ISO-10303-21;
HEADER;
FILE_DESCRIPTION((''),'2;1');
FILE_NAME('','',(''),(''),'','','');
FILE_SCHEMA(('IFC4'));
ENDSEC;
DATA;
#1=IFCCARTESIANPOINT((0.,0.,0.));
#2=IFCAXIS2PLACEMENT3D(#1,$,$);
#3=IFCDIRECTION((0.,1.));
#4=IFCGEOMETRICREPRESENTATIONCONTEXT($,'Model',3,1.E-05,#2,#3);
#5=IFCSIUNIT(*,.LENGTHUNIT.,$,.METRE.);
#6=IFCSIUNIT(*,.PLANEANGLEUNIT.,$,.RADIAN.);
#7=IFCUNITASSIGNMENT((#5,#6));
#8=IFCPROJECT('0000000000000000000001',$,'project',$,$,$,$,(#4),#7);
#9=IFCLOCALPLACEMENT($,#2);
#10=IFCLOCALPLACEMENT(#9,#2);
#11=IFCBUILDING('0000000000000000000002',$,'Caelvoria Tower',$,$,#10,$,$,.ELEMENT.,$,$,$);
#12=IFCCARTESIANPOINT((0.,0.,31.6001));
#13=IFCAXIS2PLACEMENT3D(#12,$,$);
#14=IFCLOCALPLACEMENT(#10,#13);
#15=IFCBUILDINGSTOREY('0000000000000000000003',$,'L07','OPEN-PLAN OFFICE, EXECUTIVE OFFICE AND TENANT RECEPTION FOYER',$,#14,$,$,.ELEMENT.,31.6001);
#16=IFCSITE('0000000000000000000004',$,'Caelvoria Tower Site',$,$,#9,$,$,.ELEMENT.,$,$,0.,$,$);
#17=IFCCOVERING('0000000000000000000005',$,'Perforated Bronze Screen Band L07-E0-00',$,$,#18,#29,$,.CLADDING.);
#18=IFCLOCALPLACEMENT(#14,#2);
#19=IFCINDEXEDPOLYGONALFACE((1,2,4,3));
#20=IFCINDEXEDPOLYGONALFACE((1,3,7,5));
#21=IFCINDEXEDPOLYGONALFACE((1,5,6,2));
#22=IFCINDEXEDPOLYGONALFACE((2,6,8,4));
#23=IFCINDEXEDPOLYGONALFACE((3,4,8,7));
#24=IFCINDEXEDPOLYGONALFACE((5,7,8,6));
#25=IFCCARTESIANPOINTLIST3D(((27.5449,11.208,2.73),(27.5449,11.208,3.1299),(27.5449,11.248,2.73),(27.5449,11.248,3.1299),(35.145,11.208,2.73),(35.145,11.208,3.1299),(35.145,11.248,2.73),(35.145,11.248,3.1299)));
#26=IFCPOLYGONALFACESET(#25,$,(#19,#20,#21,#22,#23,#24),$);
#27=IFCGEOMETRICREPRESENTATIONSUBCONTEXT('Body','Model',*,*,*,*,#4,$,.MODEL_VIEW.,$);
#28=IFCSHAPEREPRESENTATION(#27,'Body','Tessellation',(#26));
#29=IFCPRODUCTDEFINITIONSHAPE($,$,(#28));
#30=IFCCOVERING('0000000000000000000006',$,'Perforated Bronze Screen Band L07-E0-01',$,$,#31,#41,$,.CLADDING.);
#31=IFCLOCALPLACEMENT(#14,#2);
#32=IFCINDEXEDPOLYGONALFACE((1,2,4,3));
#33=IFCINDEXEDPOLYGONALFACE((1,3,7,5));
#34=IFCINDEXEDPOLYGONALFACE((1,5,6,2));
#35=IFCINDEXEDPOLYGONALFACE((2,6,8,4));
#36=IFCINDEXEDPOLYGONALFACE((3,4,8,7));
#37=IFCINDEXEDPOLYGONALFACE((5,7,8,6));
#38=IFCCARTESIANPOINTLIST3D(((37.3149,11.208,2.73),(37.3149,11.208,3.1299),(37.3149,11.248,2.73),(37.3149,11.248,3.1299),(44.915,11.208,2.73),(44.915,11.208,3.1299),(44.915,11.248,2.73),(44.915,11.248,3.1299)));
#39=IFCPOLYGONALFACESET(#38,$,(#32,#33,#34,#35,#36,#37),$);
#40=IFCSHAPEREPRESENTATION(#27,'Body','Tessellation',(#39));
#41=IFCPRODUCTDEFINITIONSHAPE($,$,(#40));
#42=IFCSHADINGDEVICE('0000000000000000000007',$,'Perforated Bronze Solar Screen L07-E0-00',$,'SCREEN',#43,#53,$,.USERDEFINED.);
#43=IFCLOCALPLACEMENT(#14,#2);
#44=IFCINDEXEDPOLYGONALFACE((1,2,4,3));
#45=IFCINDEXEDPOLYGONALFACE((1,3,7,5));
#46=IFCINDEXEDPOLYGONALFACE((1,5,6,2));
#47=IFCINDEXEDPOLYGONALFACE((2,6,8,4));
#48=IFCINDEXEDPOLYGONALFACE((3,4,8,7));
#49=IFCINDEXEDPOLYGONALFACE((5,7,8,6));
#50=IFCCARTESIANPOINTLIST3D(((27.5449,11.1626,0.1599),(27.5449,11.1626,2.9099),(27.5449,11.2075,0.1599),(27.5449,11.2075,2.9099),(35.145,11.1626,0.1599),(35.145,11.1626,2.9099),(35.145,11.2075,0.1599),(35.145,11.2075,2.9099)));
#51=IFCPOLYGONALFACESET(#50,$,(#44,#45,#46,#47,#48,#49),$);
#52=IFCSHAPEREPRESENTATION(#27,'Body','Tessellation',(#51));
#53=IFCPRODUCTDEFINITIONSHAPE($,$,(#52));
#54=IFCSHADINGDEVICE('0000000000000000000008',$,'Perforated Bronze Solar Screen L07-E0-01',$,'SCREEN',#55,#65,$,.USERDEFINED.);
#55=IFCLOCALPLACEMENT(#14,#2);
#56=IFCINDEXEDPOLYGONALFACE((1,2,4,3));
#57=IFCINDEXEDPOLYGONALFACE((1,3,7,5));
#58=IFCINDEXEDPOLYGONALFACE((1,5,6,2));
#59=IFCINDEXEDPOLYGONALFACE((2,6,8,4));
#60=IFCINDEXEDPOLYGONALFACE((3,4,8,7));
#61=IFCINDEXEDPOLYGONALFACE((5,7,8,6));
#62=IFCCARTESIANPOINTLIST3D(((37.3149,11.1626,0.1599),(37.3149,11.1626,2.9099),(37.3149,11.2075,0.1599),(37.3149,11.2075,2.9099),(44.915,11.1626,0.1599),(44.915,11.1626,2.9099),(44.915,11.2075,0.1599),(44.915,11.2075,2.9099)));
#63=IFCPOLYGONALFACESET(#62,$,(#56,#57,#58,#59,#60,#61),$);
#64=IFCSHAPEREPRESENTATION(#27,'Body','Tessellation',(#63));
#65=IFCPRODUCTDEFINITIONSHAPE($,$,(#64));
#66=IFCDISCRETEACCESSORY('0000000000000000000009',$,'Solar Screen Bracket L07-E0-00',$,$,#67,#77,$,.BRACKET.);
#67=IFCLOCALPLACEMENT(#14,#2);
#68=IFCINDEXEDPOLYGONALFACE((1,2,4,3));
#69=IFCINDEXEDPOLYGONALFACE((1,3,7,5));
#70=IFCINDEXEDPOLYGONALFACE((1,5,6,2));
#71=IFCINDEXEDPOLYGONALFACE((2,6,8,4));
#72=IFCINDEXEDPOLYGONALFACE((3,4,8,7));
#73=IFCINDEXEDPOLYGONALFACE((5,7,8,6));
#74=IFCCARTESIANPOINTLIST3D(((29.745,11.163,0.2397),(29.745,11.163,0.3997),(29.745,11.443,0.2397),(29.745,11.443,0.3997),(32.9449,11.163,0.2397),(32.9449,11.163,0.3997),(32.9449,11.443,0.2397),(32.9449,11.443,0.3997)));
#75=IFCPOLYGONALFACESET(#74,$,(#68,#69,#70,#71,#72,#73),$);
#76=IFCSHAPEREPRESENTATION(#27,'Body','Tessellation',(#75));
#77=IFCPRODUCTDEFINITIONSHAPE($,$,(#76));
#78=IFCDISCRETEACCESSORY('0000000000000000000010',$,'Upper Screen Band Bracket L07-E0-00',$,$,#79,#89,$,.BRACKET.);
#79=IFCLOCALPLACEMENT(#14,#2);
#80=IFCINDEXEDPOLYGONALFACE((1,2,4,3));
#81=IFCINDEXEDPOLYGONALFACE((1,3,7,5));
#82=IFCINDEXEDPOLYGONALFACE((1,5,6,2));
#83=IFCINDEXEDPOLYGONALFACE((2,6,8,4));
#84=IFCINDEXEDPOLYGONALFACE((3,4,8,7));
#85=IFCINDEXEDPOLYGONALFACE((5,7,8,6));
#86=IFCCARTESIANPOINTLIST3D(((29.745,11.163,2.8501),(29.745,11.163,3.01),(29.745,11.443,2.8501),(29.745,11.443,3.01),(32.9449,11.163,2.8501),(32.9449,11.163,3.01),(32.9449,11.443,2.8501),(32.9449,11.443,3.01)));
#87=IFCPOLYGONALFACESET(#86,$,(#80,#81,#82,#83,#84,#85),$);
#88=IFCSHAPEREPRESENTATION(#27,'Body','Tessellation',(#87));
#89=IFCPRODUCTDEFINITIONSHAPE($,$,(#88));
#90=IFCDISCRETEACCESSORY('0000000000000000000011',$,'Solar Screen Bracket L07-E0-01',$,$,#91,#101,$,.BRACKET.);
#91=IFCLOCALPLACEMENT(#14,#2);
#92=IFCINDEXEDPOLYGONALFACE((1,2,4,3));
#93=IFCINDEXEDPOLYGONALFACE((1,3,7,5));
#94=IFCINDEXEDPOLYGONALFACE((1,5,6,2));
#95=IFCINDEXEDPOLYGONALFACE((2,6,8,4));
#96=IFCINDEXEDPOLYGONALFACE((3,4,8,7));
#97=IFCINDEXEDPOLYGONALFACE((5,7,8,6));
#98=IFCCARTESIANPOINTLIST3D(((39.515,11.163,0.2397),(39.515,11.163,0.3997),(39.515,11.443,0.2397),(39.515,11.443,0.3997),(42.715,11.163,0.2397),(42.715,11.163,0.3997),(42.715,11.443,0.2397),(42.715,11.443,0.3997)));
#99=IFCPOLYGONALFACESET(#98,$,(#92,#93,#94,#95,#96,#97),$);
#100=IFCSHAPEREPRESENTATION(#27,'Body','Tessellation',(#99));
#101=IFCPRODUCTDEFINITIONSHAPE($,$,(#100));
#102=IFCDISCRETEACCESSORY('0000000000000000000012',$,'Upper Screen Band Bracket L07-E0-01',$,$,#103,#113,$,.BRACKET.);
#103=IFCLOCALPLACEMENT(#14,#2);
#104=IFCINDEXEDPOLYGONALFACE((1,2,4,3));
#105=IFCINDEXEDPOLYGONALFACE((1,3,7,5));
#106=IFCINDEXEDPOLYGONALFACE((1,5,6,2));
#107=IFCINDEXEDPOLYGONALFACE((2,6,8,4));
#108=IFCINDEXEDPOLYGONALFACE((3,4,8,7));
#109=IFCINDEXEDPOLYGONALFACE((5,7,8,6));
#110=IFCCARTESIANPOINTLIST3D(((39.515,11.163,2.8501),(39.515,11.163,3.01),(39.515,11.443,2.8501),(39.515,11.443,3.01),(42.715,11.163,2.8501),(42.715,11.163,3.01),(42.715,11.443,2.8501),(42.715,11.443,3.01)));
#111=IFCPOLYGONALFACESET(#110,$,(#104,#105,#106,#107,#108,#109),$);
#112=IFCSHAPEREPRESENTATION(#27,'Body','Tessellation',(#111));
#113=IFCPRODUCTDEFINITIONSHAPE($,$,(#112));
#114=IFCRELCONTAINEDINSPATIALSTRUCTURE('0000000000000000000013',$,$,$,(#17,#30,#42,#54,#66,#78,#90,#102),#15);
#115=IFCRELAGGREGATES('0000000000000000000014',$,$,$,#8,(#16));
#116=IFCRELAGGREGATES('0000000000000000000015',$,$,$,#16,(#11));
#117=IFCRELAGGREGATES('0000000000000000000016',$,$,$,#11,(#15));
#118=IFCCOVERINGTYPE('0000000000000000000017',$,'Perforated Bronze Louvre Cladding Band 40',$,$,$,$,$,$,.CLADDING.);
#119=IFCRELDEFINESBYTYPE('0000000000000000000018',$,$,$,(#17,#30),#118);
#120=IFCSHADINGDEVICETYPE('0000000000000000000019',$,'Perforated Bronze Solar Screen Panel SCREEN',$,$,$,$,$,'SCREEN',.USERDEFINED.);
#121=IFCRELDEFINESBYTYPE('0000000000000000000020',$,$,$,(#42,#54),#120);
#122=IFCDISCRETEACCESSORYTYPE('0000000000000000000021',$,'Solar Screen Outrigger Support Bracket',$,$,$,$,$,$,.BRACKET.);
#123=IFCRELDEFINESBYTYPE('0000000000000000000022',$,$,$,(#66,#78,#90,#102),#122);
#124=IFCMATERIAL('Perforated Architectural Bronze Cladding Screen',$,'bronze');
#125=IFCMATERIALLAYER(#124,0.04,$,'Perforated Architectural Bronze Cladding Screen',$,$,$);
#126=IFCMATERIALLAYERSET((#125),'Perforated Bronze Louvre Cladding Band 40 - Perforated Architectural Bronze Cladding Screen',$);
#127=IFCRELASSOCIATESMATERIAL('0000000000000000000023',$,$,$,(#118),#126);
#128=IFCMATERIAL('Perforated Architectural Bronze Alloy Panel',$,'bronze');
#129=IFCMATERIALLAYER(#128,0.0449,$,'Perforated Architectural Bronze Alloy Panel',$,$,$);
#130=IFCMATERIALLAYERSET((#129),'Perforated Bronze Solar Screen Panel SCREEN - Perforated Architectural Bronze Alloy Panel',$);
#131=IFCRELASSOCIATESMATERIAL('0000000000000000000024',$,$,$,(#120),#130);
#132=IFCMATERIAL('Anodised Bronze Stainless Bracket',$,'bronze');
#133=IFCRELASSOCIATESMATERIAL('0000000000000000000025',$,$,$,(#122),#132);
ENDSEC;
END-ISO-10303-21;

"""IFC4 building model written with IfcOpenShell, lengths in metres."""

from ifc_helpers import new_model, si_unit, direction, frame, origin, origin_2d, place, context, subcontext, project, spatial, rectangle, extrude, material, layer, layer_set, type_object, element, save


model = new_model("IFC4")

# Units and contexts
model_context = context("Model", 3, precision=1e-05, world=origin(), true_north=direction((0.0, 1.0)))
body_context = subcontext(model_context, "Body", "Model", "MODEL_VIEW")
ifc_project = project(units=[si_unit("LENGTHUNIT", "METRE"), si_unit("PLANEANGLEUNIT", "RADIAN")], contexts=[model_context])

# Site, building, storey
site_placement = place(None, origin())
site = spatial("IfcSite", under=ifc_project, at=site_placement, Name="Caelvoria Tower Site", CompositionType="ELEMENT", RefElevation=0.0)
building_placement = place(site_placement, origin())
building = spatial("IfcBuilding", under=site, at=building_placement, Name="Caelvoria Tower", CompositionType="ELEMENT")
storey_placement = place(building_placement, frame((0.0, 0.0, 31.6001)))
storey = spatial("IfcBuildingStorey", under=building, at=storey_placement, Name="L07", Description="OPEN-PLAN OFFICE, EXECUTIVE OFFICE AND TENANT RECEPTION FOYER", CompositionType="ELEMENT", Elevation=31.6001)

# Coverings
ifc_material_1 = material(Name="Perforated Architectural Bronze Cladding Screen", Category="bronze")
ifc_layer_1 = layer(ifc_material_1, 0.04, Name="Perforated Architectural Bronze Cladding Screen")
ifc_layer_set_1 = layer_set([ifc_layer_1], Name="Perforated Bronze Louvre Cladding Band 40 - Perforated Architectural Bronze Cladding Screen")
covering_type = type_object("IfcCoveringType", Name="Perforated Bronze Louvre Cladding Band 40", PredefinedType="CLADDING", material=ifc_layer_set_1)
for number, where, z_axis, x_axis, name in (
    (1, (31.345, 11.228, 2.73), (0.0, 0.0, 1.0), (1.0, 0.0, 0.0), "Perforated Bronze Screen Band L07-E0-00"),
    (2, (41.115, 11.228, 2.73), (0.0, 0.0, 1.0), (1.0, 0.0, 0.0), "Perforated Bronze Screen Band L07-E0-01"),
):
    element("IfcCovering", number, at=place(storey_placement, frame(where, z_axis=z_axis, x_axis=x_axis)), inside=storey, type_object=covering_type, Name=name, PredefinedType="CLADDING", context=body_context, shape_type="SweptSolid", body=[
        extrude(rectangle(XDim=7.6001, YDim=0.04, at=origin_2d()), origin(), (0.0, 0.0, 1.0), 0.3999),
    ])

# Shading devices
ifc_material_2 = material(Name="Perforated Architectural Bronze Alloy Panel", Category="bronze")
ifc_layer_2 = layer(ifc_material_2, 0.0449, Name="Perforated Architectural Bronze Alloy Panel")
ifc_layer_set_2 = layer_set([ifc_layer_2], Name="Perforated Bronze Solar Screen Panel SCREEN - Perforated Architectural Bronze Alloy Panel")
shading_device_type = type_object("IfcShadingDeviceType", Name="Perforated Bronze Solar Screen Panel SCREEN", ElementType="SCREEN", PredefinedType="USERDEFINED", material=ifc_layer_set_2)
for number, where, z_axis, x_axis, name in (
    (3, (31.345, 11.1851, 0.1599), (0.0, 0.0, 1.0), (1.0, 0.0, 0.0), "Perforated Bronze Solar Screen L07-E0-00"),
    (4, (41.115, 11.1851, 0.1599), (0.0, 0.0, 1.0), (1.0, 0.0, 0.0), "Perforated Bronze Solar Screen L07-E0-01"),
):
    element("IfcShadingDevice", number, at=place(storey_placement, frame(where, z_axis=z_axis, x_axis=x_axis)), inside=storey, type_object=shading_device_type, Name=name, ObjectType="SCREEN", PredefinedType="USERDEFINED", context=body_context, shape_type="SweptSolid", body=[
        extrude(rectangle(XDim=7.6001, YDim=0.0449, at=origin_2d()), origin(), (0.0, 0.0, 1.0), 2.75),
    ])

# Discrete accessories
ifc_material_3 = material(Name="Anodised Bronze Stainless Bracket", Category="bronze")
discrete_accessory_type = type_object("IfcDiscreteAccessoryType", Name="Solar Screen Outrigger Support Bracket", PredefinedType="BRACKET", material=ifc_material_3)
for number, where, z_axis, x_axis, name in (
    (5, (31.345, 11.303, 0.2397), (0.0, 0.0, 1.0), (1.0, 0.0, 0.0), "Solar Screen Bracket L07-E0-00"),
    (6, (31.345, 11.303, 2.8501), (0.0, 0.0, 1.0), (1.0, 0.0, 0.0), "Upper Screen Band Bracket L07-E0-00"),
    (7, (41.115, 11.303, 0.2397), (0.0, 0.0, 1.0), (1.0, 0.0, 0.0), "Solar Screen Bracket L07-E0-01"),
    (8, (41.115, 11.303, 2.8501), (0.0, 0.0, 1.0), (1.0, 0.0, 0.0), "Upper Screen Band Bracket L07-E0-01"),
):
    element("IfcDiscreteAccessory", number, at=place(storey_placement, frame(where, z_axis=z_axis, x_axis=x_axis)), inside=storey, type_object=discrete_accessory_type, Name=name, PredefinedType="BRACKET", context=body_context, shape_type="SweptSolid", body=[
        extrude(rectangle(XDim=3.2, YDim=0.28, at=origin_2d()), origin(), (0.0, 0.0, 1.0), 0.1599),
    ])

save(model, "model.ifc")
